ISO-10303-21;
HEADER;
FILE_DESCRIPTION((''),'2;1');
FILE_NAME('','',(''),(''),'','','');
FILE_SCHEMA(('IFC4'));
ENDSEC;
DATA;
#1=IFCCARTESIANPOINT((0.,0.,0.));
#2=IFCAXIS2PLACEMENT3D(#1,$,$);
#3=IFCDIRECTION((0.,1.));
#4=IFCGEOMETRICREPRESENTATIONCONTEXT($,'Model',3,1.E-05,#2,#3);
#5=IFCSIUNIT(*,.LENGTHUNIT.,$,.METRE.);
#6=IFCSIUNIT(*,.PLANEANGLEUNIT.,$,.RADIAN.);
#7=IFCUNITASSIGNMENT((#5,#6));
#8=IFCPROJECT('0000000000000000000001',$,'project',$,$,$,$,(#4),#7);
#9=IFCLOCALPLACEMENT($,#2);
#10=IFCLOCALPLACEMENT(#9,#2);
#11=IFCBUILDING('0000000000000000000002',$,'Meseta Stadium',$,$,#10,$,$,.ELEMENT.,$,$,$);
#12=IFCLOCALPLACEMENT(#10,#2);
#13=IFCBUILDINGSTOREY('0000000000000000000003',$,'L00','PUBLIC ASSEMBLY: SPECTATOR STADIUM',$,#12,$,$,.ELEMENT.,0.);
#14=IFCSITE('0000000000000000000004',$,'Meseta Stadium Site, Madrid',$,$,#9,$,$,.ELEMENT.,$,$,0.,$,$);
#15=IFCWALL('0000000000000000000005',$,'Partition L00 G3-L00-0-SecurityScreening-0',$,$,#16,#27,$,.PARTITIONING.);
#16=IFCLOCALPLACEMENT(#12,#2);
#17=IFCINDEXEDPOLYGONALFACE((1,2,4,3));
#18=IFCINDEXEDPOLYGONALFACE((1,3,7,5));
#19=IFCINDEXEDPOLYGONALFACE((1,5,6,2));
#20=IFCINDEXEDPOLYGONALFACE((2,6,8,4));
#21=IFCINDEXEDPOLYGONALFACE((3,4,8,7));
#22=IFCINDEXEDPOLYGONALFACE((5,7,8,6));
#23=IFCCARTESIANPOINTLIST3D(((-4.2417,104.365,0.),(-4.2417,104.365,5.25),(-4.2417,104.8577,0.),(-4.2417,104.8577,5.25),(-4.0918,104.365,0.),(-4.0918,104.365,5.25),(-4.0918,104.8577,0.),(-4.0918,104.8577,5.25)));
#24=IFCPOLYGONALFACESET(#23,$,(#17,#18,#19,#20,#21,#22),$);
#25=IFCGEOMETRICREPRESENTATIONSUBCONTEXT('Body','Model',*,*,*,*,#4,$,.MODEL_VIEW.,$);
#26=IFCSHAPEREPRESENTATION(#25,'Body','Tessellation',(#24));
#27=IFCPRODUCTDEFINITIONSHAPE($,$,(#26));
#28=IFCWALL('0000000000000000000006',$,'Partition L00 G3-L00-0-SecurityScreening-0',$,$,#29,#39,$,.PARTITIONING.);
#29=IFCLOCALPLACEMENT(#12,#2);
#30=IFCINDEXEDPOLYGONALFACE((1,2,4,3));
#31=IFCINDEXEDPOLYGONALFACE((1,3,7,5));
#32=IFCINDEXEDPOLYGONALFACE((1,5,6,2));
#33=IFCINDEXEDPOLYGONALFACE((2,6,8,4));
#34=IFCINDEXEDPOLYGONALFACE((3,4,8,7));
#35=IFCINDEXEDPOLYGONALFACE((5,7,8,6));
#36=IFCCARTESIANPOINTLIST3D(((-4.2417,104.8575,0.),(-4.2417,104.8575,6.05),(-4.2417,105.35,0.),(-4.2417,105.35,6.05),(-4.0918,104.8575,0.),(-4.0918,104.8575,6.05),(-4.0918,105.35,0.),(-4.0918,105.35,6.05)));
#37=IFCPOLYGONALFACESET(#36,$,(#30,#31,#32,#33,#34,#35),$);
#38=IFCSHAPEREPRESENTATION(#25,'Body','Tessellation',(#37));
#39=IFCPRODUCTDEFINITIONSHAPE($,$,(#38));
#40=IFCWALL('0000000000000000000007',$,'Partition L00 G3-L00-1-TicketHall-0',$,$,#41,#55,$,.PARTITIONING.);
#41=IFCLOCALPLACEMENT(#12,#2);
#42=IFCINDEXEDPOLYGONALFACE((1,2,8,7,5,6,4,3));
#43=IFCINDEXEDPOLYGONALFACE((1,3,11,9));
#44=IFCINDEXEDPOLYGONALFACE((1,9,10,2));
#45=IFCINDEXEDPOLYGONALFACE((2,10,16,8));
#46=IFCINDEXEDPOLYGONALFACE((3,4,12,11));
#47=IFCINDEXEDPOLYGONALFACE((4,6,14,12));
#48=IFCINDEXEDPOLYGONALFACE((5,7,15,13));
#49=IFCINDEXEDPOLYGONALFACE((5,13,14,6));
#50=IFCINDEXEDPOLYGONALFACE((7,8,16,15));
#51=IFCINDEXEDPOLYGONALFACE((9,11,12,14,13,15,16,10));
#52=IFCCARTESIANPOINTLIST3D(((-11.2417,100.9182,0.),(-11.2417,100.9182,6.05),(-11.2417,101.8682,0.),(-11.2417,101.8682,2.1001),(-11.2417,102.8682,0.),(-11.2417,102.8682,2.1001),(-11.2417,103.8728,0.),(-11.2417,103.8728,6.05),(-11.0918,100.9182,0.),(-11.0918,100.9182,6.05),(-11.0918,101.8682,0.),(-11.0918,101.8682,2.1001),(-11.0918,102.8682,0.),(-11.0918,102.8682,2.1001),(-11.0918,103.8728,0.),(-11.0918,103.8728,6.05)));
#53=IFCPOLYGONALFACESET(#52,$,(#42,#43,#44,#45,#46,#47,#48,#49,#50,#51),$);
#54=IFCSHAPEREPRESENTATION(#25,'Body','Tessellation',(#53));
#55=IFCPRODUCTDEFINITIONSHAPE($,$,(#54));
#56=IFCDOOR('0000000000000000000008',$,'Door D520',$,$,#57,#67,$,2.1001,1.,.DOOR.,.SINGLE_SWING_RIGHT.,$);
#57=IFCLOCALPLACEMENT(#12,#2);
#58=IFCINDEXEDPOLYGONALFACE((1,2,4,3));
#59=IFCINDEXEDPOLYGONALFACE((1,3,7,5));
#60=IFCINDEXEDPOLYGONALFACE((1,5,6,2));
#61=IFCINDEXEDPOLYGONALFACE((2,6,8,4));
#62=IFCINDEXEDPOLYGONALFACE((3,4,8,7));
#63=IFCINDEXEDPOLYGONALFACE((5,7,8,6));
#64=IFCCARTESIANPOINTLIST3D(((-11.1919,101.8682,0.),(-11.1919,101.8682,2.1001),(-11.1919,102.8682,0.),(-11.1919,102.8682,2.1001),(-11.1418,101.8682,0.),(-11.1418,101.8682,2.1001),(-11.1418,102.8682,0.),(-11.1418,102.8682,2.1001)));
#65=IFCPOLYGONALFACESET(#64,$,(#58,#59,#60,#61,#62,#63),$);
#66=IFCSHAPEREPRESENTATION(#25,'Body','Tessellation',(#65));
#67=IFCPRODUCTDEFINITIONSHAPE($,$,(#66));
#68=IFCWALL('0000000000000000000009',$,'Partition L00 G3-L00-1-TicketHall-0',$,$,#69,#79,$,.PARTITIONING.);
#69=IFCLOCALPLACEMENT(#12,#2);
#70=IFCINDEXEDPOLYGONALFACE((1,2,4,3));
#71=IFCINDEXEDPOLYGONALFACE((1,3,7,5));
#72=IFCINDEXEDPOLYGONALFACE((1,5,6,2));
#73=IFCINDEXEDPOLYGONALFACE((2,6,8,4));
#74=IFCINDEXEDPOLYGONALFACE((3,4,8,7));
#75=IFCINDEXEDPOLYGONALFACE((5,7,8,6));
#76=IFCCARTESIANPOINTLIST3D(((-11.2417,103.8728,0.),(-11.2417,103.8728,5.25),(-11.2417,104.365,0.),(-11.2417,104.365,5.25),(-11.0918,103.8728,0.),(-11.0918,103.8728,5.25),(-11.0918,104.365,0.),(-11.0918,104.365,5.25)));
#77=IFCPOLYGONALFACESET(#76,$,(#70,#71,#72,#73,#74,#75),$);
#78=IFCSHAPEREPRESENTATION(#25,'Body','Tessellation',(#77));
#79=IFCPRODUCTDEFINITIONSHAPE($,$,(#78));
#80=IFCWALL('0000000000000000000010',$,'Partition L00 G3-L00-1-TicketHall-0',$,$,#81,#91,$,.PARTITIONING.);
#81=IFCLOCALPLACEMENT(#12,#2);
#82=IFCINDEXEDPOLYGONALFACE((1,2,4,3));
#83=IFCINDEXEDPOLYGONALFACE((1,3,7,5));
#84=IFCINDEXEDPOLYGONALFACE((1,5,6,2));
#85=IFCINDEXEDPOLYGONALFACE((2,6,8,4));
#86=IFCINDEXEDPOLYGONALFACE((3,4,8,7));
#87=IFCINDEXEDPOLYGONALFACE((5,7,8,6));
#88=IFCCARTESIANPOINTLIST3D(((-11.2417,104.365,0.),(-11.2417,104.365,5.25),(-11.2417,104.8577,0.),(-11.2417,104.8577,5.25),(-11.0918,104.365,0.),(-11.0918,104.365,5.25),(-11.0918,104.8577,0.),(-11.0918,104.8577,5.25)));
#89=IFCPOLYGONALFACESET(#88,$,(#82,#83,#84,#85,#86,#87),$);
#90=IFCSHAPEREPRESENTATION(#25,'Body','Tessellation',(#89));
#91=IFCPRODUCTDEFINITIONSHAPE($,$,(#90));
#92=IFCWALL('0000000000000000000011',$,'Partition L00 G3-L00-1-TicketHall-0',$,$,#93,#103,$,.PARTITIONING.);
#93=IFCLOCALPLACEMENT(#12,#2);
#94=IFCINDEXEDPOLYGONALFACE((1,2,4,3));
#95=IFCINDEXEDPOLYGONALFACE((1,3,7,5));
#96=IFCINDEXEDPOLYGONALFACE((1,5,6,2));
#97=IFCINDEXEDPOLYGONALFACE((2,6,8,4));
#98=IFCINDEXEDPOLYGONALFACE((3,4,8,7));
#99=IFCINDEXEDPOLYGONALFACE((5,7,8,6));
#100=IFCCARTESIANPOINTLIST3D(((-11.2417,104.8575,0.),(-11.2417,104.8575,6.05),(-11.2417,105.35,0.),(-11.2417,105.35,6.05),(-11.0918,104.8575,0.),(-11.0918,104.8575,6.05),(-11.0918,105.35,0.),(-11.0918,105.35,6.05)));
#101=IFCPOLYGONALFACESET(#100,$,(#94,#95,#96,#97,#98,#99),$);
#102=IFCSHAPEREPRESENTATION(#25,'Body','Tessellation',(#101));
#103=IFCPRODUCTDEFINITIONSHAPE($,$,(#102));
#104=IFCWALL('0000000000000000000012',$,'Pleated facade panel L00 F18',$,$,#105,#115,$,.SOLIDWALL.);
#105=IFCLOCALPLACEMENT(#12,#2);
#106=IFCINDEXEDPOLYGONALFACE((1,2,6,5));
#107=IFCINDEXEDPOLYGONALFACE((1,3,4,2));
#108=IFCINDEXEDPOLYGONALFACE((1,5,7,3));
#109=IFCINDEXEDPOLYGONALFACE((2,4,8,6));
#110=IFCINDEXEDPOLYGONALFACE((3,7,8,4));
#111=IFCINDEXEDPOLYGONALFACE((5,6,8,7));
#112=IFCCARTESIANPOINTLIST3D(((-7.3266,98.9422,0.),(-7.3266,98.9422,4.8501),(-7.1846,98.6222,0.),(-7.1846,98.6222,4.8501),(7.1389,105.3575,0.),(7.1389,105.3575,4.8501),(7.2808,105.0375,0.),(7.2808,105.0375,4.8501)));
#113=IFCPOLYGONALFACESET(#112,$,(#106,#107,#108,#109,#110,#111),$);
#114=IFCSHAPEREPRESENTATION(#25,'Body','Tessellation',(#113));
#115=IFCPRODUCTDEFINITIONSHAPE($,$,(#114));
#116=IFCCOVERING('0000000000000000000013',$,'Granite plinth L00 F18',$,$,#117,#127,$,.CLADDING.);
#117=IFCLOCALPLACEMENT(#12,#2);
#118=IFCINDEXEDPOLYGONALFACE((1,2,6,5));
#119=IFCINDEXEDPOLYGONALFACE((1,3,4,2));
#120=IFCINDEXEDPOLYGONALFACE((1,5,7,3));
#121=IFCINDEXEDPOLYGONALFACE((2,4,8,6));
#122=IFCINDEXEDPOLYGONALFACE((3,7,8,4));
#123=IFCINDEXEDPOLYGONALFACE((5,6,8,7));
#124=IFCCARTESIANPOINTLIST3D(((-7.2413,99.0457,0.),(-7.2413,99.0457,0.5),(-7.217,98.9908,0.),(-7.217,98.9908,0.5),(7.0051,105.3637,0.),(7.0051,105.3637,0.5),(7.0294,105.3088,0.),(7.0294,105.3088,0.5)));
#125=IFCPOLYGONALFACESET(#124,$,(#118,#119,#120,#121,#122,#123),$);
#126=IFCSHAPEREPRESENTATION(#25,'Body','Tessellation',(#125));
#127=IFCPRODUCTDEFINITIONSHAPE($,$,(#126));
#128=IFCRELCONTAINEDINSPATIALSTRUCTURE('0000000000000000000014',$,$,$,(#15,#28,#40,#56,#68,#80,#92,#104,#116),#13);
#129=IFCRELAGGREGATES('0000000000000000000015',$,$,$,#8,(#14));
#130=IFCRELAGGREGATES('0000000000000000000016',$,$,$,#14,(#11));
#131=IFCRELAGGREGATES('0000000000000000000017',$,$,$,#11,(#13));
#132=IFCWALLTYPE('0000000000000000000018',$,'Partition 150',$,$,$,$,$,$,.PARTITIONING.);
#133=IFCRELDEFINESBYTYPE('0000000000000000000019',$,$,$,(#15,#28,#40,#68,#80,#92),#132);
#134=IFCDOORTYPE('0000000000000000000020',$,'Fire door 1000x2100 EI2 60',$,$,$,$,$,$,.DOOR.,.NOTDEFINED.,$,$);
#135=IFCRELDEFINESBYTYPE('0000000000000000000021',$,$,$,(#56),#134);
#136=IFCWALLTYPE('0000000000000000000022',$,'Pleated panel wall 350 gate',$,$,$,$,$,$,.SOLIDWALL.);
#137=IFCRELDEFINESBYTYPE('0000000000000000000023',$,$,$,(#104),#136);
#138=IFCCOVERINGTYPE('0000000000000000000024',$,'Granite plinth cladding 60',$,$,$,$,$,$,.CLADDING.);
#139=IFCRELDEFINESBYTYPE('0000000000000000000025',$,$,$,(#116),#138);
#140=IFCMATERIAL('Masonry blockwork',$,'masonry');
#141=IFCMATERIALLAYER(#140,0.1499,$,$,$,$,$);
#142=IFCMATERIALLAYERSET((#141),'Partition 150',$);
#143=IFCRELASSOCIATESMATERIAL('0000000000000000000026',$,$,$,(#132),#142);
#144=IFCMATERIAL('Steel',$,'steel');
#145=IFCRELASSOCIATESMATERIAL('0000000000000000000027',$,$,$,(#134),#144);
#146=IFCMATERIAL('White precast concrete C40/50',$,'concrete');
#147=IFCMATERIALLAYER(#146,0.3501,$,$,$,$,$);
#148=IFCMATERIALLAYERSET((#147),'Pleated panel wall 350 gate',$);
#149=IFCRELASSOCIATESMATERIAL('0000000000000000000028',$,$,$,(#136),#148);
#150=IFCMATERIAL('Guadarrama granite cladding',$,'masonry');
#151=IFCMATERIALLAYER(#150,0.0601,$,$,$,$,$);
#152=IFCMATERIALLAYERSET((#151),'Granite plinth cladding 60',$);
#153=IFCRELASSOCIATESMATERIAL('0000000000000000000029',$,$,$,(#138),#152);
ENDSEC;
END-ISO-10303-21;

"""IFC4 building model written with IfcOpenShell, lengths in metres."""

from ifc_helpers import new_model, si_unit, direction, frame, frame_2d, origin, origin_2d, place, context, subcontext, project, spatial, rectangle, extrude, material, layer, layer_set, type_object, element, fill, save


model = new_model("IFC4")

# Units and contexts
model_context = context("Model", 3, precision=1e-05, world=origin(), true_north=direction((0.0, 1.0)))
body_context = subcontext(model_context, "Body", "Model", "MODEL_VIEW")
ifc_project = project(units=[si_unit("LENGTHUNIT", "METRE"), si_unit("PLANEANGLEUNIT", "RADIAN")], contexts=[model_context])

# Site, building, storey
site_placement = place(None, origin())
site = spatial("IfcSite", under=ifc_project, at=site_placement, Name="Meseta Stadium Site, Madrid", CompositionType="ELEMENT", RefElevation=0.0)
building_placement = place(site_placement, origin())
building = spatial("IfcBuilding", under=site, at=building_placement, Name="Meseta Stadium", CompositionType="ELEMENT")
storey_placement = place(building_placement, origin())
storey = spatial("IfcBuildingStorey", under=building, at=storey_placement, Name="L00", Description="PUBLIC ASSEMBLY: SPECTATOR STADIUM", CompositionType="ELEMENT", Elevation=0.0)

# Shared definitions
ifc_material_1 = material(Name="Masonry blockwork", Category="masonry")
ifc_layer_1 = layer(ifc_material_1, 0.1499)
ifc_layer_set_1 = layer_set([ifc_layer_1], Name="Partition 150")
wall_type_1 = type_object("IfcWallType", Name="Partition 150", PredefinedType="PARTITIONING", material=ifc_layer_set_1)
ifc_material_2 = material(Name="Steel", Category="steel")
door_type_1 = type_object("IfcDoorType", Name="Fire door 1000x2100 EI2 60", OperationType="NOTDEFINED", PredefinedType="DOOR", material=ifc_material_2)

# Walls
wall_1_placement = place(storey_placement, frame((-4.1667, 104.365, 0.0), z_axis=(0.0, 0.0, 1.0), x_axis=(0.0, 1.0, 0.0)))
element("IfcWall", 1, at=wall_1_placement, inside=storey, type_object=wall_type_1, Name="Partition L00 G3-L00-0-SecurityScreening-0", PredefinedType="PARTITIONING", context=body_context, shape_type="SweptSolid", body=[
    extrude(rectangle(XDim=0.4927, YDim=0.1499, at=frame_2d((0.2463, 0.0))), origin(), (0.0, 0.0, 1.0), 5.25),
])
wall_2_placement = place(storey_placement, frame((-4.1667, 104.8577, 0.0), z_axis=(0.0, 0.0, 1.0), x_axis=(0.0, 1.0, 0.0)))
element("IfcWall", 2, at=wall_2_placement, inside=storey, type_object=wall_type_1, Name="Partition L00 G3-L00-0-SecurityScreening-0", PredefinedType="PARTITIONING", context=body_context, shape_type="SweptSolid", body=[
    extrude(rectangle(XDim=0.4924, YDim=0.1499, at=frame_2d((0.2461, 0.0))), origin(), (0.0, 0.0, 1.0), 6.05),
])

# Wall, opening, door
wall_3_placement = place(storey_placement, frame((-11.1667, 103.8728, 0.0), z_axis=(0.0, 0.0, 1.0), x_axis=(0.0, -1.0, 0.0)))
wall_3 = element("IfcWall", 3, at=wall_3_placement, inside=storey, type_object=wall_type_1, Name="Partition L00 G3-L00-1-TicketHall-0", PredefinedType="PARTITIONING", context=body_context, shape_type="SweptSolid", body=[
    extrude(rectangle(XDim=2.9546, YDim=0.1499, at=frame_2d((1.4773, 0.0))), origin(), (0.0, 0.0, 1.0), 6.05),
])
opening_1_placement = place(wall_3_placement, frame((1.0046, 0.0, 0.0)))
opening_1 = element("IfcOpeningElement", 4, at=opening_1_placement, cuts=wall_3, PredefinedType="OPENING", context=body_context, shape_type="SweptSolid", body=[
    extrude(rectangle(XDim=1.0, YDim=2.1001, at=frame_2d((0.5, 1.05))), frame((0.0, 0.085, 0.0), z_axis=(0.0, -1.0, 0.0), x_axis=(1.0, 0.0, 0.0)), (0.0, 0.0, 1.0), 0.1699),
])
door_1_placement = place(opening_1_placement, origin())
door_1 = element("IfcDoor", 5, at=door_1_placement, inside=storey, type_object=door_type_1, Name="Door D520", OperationType="SINGLE_SWING_RIGHT", OverallHeight=2.1001, OverallWidth=1.0, PredefinedType="DOOR", context=body_context, shape_type="SweptSolid", body=[
    extrude(rectangle(XDim=1.0, YDim=2.1001, at=frame_2d((0.5, 1.05))), frame((0.0, 0.0249, 0.0), z_axis=(0.0, -1.0, 0.0), x_axis=(1.0, 0.0, 0.0)), (0.0, 0.0, 1.0), 0.05),
])
fill(opening_1, door_1)

# Walls
wall_4_placement = place(storey_placement, frame((-11.1667, 103.8728, 0.0), z_axis=(0.0, 0.0, 1.0), x_axis=(0.0, 1.0, 0.0)))
element("IfcWall", 6, at=wall_4_placement, inside=storey, type_object=wall_type_1, Name="Partition L00 G3-L00-1-TicketHall-0", PredefinedType="PARTITIONING", context=body_context, shape_type="SweptSolid", body=[
    extrude(rectangle(XDim=0.4922, YDim=0.1499, at=frame_2d((0.2461, 0.0))), origin(), (0.0, 0.0, 1.0), 5.25),
])
wall_5_placement = place(storey_placement, frame((-11.1667, 104.365, 0.0), z_axis=(0.0, 0.0, 1.0), x_axis=(0.0, 1.0, 0.0)))
element("IfcWall", 7, at=wall_5_placement, inside=storey, type_object=wall_type_1, Name="Partition L00 G3-L00-1-TicketHall-0", PredefinedType="PARTITIONING", context=body_context, shape_type="SweptSolid", body=[
    extrude(rectangle(XDim=0.4927, YDim=0.1499, at=frame_2d((0.2463, 0.0))), origin(), (0.0, 0.0, 1.0), 5.25),
])
wall_6_placement = place(storey_placement, frame((-11.1667, 104.8577, 0.0), z_axis=(0.0, 0.0, 1.0), x_axis=(0.0, 1.0, 0.0)))
element("IfcWall", 8, at=wall_6_placement, inside=storey, type_object=wall_type_1, Name="Partition L00 G3-L00-1-TicketHall-0", PredefinedType="PARTITIONING", context=body_context, shape_type="SweptSolid", body=[
    extrude(rectangle(XDim=0.4924, YDim=0.1499, at=frame_2d((0.2461, 0.0))), origin(), (0.0, 0.0, 1.0), 6.05),
])
ifc_material_3 = material(Name="White precast concrete C40/50", Category="concrete")
ifc_layer_2 = layer(ifc_material_3, 0.3501)
ifc_layer_set_2 = layer_set([ifc_layer_2], Name="Pleated panel wall 350 gate")
wall_type_2 = type_object("IfcWallType", Name="Pleated panel wall 350 gate", PredefinedType="SOLIDWALL", material=ifc_layer_set_2)
wall_7_placement = place(storey_placement, frame((-7.2556, 98.7822, 0.0), z_axis=(0.0, 0.0, 1.0), x_axis=(0.914136, 0.405407, 0.0)))
element("IfcWall", 9, at=wall_7_placement, inside=storey, type_object=wall_type_2, Name="Pleated facade panel L00 F18", PredefinedType="SOLIDWALL", context=body_context, shape_type="SweptSolid", body=[
    extrude(rectangle(XDim=15.8242, YDim=0.3501, at=frame_2d((7.9121, 0.0))), origin(), (0.0, 0.0, 1.0), 4.8501),
])

# Covering
ifc_material_4 = material(Name="Guadarrama granite cladding", Category="masonry")
ifc_layer_3 = layer(ifc_material_4, 0.0601)
ifc_layer_set_3 = layer_set([ifc_layer_3], Name="Granite plinth cladding 60")
covering_type = type_object("IfcCoveringType", Name="Granite plinth cladding 60", PredefinedType="CLADDING", material=ifc_layer_set_3)
covering_placement = place(storey_placement, frame((-0.106, 102.1772, 0.0), z_axis=(0.0, 0.0, 1.0), x_axis=(0.914139, 0.4054, 0.0)))
element("IfcCovering", 10, at=covering_placement, inside=storey, type_object=covering_type, Name="Granite plinth L00 F18", PredefinedType="CLADDING", context=body_context, shape_type="SweptSolid", body=[
    extrude(rectangle(XDim=15.5845, YDim=0.0601, at=origin_2d()), origin(), (0.0, 0.0, 1.0), 0.5),
])

save(model, "model.ifc")
